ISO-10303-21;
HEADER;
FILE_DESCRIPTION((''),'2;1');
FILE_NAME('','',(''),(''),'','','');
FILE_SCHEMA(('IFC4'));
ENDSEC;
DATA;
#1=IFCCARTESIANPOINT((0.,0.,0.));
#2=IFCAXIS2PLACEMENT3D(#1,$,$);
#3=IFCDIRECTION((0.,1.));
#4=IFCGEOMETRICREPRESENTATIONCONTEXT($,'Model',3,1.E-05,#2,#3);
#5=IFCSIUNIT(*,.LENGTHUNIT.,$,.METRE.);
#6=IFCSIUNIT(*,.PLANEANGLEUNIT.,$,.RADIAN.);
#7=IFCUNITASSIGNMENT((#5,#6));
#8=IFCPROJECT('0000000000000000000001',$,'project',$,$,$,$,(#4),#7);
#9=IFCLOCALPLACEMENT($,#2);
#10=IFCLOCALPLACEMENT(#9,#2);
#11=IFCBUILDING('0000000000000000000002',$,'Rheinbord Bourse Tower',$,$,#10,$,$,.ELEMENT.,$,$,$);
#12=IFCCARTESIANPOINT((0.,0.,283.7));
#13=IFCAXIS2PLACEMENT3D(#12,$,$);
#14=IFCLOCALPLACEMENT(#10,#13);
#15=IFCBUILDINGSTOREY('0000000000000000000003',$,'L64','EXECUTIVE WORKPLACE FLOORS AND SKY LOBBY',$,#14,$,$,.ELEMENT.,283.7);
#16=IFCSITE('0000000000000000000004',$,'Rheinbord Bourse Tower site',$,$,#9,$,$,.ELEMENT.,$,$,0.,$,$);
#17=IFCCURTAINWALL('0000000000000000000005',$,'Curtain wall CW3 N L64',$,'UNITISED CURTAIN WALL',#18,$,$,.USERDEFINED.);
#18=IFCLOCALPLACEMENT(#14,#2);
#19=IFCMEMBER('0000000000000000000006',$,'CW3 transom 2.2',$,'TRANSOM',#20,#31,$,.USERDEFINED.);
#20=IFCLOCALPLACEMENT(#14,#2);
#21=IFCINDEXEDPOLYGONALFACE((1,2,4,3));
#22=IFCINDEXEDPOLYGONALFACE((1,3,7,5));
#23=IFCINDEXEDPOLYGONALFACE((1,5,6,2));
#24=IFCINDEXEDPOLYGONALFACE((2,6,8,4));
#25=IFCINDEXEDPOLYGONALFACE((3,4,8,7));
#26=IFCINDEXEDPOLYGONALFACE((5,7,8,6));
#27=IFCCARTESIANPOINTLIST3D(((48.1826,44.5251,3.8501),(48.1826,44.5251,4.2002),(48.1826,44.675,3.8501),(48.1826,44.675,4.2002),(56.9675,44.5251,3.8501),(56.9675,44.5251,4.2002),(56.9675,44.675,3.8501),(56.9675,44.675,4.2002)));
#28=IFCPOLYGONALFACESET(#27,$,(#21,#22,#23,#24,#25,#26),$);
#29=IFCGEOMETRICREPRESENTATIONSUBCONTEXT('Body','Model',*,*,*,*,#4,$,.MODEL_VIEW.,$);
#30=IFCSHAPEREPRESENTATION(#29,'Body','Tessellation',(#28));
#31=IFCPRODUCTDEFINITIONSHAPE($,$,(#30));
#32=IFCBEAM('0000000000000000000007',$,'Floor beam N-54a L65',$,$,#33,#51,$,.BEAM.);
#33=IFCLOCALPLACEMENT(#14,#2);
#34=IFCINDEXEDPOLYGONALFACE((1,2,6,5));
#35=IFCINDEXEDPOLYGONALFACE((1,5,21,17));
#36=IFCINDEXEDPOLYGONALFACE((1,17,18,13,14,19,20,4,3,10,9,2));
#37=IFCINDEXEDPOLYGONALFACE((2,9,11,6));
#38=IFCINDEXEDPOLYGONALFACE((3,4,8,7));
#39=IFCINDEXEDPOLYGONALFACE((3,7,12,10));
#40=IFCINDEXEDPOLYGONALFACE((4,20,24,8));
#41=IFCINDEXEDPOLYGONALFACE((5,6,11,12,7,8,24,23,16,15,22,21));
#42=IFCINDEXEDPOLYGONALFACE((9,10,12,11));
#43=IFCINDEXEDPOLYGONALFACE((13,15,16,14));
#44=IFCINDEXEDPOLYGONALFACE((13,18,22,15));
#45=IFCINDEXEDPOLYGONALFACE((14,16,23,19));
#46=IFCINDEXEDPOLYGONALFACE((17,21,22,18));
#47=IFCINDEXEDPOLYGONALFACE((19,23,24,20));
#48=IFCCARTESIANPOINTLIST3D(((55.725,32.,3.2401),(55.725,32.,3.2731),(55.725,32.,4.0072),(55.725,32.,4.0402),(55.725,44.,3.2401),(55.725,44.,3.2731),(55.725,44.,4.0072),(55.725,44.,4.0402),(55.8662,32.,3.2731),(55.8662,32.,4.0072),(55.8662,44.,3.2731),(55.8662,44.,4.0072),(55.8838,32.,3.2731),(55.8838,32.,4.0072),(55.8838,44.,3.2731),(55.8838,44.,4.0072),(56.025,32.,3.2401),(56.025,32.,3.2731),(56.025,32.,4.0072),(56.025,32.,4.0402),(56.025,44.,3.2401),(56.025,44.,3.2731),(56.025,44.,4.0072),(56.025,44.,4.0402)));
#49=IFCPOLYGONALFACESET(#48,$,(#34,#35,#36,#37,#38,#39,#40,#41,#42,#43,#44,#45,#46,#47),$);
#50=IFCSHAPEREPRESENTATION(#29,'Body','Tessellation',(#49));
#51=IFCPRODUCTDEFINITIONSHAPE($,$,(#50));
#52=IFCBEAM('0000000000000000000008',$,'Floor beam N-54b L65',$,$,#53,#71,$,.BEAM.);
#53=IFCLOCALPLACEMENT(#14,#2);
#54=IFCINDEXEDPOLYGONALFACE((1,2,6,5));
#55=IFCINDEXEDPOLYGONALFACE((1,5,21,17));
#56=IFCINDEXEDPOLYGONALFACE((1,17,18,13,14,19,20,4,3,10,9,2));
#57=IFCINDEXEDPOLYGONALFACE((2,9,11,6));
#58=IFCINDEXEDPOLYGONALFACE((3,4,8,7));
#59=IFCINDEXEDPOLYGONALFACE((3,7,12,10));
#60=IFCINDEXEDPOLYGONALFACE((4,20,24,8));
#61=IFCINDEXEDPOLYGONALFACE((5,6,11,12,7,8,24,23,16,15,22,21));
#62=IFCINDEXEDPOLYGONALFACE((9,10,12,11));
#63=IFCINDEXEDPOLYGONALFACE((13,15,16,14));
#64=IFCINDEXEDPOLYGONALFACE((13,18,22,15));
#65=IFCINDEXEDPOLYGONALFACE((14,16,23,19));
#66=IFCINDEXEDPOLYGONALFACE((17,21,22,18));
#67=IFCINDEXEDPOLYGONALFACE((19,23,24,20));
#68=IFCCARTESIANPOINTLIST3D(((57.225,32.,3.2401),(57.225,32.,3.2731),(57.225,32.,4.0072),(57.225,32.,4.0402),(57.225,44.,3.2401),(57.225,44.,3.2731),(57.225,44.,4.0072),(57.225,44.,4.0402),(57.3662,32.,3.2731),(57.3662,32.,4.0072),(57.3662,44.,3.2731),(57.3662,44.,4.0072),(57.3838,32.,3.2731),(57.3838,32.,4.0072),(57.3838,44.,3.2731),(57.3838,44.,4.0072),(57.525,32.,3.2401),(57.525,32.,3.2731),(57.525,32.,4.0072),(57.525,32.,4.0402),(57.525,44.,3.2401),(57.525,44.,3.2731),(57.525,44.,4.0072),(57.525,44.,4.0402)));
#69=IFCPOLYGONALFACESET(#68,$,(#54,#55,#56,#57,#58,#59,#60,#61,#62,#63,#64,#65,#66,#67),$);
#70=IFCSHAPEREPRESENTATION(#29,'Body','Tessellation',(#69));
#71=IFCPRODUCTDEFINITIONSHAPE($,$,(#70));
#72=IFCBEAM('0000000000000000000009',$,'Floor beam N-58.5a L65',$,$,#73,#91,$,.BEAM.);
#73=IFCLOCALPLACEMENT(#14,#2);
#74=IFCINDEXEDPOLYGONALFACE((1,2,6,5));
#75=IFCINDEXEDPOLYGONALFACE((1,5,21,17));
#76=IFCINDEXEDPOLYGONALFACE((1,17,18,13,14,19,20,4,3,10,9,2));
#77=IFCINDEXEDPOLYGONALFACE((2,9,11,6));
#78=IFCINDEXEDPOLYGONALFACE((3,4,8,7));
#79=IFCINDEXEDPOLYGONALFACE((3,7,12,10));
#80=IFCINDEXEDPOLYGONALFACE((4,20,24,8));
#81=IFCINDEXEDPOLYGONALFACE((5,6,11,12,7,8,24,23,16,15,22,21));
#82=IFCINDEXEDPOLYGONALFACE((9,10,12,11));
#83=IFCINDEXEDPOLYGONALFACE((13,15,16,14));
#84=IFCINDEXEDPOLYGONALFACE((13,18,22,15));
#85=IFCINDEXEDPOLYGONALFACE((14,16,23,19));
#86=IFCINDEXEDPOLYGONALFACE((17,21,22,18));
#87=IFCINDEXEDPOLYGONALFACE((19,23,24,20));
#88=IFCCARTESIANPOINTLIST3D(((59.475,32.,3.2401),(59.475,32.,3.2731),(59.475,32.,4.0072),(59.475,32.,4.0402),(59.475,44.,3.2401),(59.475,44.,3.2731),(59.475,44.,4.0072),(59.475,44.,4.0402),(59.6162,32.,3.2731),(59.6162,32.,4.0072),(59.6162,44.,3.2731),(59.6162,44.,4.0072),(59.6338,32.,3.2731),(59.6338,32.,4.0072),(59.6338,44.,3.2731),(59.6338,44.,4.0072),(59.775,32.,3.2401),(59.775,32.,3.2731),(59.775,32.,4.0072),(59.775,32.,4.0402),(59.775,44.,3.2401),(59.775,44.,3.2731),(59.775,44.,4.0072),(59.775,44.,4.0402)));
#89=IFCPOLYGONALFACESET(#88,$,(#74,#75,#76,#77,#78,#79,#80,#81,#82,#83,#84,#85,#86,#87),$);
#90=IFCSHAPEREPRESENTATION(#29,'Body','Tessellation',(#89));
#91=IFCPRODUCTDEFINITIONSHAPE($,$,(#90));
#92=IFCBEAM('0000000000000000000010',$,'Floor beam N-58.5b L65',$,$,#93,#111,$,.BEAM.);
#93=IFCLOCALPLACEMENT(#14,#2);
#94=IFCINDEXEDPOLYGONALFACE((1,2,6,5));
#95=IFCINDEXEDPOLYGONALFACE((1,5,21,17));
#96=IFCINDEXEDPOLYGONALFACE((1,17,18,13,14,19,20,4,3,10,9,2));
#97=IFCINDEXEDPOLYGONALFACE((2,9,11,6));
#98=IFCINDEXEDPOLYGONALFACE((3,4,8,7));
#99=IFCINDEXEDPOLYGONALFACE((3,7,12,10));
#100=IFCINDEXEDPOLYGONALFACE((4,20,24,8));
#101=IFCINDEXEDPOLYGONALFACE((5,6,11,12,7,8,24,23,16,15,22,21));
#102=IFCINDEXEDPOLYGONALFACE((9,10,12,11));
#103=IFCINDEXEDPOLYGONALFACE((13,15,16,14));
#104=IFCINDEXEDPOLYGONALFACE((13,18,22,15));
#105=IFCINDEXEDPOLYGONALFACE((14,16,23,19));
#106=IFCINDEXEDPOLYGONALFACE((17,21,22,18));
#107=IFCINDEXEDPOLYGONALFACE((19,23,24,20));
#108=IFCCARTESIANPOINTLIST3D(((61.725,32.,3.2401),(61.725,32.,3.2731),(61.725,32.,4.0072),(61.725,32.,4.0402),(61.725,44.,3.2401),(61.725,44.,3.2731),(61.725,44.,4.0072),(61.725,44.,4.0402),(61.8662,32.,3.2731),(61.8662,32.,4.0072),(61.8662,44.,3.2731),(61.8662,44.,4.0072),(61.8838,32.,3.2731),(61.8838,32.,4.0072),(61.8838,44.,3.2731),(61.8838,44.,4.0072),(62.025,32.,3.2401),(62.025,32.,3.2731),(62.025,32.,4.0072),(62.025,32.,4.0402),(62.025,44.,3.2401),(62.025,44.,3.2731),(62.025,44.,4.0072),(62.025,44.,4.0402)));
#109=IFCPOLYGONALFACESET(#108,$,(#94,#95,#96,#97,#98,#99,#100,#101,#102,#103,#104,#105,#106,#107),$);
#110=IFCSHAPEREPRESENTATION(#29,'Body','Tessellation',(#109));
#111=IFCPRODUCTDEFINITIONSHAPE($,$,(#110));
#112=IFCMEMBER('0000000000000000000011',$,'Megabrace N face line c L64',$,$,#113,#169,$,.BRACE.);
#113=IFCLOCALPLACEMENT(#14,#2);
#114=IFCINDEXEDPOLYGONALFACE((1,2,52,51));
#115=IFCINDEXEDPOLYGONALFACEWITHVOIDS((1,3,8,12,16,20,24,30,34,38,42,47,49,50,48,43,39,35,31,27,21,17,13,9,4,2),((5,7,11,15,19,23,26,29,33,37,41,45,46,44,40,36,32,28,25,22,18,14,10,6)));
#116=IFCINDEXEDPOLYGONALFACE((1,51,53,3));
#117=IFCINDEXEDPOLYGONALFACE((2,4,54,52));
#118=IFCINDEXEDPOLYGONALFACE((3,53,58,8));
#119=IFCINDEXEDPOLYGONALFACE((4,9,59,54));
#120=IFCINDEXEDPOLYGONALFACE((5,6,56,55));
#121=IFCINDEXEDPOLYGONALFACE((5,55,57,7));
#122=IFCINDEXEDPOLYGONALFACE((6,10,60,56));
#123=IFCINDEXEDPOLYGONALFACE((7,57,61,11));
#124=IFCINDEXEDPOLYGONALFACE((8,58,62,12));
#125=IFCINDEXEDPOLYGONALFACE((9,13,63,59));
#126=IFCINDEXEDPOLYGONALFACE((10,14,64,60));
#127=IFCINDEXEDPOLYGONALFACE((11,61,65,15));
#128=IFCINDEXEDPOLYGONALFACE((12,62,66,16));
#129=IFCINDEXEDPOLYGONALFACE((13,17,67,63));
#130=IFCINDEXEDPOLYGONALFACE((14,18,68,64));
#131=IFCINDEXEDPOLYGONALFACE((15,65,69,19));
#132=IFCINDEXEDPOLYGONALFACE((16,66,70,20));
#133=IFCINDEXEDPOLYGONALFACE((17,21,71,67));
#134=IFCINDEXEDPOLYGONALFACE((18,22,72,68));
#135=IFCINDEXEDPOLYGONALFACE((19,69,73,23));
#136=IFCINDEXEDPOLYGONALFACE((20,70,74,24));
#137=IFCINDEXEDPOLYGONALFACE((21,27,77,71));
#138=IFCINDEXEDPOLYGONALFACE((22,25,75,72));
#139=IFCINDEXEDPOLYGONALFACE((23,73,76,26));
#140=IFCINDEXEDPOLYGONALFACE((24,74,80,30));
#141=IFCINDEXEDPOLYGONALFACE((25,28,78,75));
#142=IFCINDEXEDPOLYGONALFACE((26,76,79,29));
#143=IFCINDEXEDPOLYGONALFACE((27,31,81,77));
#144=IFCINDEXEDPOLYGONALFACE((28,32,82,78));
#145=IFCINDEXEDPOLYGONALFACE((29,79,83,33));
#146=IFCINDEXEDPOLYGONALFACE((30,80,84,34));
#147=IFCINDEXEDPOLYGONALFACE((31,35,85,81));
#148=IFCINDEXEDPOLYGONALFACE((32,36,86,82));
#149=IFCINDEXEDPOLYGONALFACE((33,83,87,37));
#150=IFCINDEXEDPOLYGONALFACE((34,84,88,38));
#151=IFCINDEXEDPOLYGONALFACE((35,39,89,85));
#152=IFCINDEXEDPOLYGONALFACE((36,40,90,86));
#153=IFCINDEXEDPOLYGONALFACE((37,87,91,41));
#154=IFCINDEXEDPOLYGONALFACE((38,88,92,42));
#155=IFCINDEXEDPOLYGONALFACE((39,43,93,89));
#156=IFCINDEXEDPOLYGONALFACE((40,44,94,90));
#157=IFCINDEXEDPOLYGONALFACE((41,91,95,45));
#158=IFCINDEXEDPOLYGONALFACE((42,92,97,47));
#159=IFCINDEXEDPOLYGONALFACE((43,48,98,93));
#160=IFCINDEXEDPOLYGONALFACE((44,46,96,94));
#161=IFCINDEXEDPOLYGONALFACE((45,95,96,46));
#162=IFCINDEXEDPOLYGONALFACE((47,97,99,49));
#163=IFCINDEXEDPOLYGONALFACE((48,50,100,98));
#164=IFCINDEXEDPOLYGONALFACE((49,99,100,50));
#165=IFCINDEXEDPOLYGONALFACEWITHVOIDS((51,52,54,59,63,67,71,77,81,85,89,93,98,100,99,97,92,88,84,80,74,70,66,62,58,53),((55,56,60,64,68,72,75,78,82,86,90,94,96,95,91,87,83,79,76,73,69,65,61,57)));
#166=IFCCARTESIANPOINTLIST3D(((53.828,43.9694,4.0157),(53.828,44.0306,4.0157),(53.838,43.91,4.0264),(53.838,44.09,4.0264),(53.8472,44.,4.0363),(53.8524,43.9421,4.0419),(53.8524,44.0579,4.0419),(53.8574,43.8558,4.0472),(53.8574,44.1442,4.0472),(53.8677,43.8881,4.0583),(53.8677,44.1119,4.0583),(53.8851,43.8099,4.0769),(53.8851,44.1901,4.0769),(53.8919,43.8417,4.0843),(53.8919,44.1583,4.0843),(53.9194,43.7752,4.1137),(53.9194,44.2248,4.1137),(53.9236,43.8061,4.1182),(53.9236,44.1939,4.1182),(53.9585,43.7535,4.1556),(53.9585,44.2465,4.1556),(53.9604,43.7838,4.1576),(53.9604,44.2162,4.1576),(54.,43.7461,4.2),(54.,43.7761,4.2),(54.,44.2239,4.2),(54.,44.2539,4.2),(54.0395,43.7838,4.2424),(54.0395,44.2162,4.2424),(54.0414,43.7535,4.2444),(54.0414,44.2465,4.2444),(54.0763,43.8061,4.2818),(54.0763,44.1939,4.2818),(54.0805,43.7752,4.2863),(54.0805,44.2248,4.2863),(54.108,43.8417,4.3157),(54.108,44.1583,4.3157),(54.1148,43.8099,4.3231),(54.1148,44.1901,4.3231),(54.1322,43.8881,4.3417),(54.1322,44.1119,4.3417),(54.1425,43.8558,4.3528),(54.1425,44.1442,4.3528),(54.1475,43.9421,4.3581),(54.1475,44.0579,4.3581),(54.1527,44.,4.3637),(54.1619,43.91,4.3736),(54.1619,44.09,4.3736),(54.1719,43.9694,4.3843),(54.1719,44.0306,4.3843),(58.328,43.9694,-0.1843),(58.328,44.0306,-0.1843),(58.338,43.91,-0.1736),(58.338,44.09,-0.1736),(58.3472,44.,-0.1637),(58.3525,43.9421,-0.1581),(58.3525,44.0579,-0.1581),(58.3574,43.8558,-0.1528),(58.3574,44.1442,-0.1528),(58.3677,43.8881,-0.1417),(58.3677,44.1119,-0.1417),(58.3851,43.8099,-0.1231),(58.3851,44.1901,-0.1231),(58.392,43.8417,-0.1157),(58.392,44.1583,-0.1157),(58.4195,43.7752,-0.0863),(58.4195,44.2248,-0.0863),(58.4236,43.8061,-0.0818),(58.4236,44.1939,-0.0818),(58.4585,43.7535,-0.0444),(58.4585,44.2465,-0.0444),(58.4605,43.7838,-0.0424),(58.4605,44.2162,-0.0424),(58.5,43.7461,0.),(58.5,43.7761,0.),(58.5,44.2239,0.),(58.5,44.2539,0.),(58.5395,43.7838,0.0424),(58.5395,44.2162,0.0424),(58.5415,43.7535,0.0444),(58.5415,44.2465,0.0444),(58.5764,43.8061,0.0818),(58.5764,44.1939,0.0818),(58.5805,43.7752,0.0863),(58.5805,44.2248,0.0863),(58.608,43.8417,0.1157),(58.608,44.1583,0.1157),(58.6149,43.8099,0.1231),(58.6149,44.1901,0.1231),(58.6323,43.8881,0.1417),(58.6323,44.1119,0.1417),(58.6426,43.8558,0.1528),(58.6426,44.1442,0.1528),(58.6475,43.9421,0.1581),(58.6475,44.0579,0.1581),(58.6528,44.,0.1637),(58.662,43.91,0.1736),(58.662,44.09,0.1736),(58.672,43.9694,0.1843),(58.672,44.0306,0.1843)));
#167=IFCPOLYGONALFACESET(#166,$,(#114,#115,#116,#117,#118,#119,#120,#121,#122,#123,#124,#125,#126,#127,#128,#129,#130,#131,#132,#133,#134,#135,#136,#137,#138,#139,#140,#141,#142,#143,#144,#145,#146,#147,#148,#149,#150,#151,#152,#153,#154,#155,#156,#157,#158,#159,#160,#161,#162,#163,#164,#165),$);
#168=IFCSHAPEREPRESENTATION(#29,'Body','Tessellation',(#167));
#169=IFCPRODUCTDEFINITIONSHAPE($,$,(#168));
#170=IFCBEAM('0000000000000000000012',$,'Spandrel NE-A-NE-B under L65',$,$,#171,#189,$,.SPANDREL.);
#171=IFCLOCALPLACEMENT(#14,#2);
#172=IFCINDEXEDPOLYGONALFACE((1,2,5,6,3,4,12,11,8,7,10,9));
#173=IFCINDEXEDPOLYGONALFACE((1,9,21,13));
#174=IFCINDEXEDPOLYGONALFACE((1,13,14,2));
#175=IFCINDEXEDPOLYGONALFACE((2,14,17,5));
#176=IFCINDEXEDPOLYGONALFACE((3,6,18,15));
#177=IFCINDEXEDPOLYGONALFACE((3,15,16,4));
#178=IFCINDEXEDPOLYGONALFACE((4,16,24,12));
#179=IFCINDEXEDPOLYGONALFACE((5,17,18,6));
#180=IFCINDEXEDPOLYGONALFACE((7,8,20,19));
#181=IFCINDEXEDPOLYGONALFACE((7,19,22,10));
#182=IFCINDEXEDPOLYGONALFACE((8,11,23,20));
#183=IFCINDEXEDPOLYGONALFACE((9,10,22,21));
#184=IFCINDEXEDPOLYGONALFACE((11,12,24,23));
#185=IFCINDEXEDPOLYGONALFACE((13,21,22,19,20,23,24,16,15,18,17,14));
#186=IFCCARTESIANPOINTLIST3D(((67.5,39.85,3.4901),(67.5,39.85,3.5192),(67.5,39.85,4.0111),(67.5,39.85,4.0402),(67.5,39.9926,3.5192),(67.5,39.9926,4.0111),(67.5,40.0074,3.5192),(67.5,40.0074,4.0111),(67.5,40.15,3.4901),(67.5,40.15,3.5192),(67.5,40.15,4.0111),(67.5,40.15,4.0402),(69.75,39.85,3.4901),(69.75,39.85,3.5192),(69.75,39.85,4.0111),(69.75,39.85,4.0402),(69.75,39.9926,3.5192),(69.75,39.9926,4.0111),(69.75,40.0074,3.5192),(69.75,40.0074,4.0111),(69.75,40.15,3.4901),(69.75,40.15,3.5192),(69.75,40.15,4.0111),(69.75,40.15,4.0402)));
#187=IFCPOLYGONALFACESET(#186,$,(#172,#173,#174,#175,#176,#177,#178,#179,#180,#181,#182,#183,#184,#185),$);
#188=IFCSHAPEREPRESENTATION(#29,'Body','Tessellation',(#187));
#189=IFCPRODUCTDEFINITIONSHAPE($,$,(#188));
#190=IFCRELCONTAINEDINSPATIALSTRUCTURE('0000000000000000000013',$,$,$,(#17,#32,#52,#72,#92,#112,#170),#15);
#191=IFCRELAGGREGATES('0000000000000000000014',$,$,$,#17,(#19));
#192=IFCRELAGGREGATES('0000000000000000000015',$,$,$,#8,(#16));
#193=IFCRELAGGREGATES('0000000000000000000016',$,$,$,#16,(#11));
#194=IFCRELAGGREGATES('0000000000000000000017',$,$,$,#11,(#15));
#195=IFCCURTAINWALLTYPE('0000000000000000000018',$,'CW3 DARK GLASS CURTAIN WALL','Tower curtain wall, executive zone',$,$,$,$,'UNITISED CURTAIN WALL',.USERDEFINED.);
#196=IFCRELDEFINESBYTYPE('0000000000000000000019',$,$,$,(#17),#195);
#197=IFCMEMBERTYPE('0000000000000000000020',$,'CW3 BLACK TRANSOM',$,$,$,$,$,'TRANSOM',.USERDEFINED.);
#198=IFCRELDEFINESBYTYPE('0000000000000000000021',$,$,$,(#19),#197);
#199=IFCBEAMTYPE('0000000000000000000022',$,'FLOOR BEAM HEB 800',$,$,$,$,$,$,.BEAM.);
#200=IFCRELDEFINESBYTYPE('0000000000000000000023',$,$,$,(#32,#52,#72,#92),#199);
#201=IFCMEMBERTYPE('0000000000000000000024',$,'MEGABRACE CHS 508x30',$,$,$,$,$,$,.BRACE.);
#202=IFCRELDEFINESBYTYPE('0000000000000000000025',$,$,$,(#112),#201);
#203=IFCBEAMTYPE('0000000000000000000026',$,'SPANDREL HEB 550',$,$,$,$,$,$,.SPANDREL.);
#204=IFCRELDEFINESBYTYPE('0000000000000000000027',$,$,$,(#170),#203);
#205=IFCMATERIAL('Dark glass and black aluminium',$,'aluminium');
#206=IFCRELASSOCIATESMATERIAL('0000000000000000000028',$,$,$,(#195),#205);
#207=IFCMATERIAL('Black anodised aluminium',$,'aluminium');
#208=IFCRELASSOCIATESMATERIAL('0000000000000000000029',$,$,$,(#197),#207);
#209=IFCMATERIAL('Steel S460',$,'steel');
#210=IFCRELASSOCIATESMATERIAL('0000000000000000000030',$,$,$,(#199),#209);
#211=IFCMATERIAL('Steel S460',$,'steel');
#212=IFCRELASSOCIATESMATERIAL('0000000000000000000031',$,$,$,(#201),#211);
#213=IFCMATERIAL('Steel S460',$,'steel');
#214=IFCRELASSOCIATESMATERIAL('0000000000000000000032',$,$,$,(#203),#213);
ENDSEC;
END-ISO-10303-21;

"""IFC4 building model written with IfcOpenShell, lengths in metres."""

from ifc_helpers import new_model, si_unit, direction, frame, origin, origin_2d, place, context, subcontext, project, spatial, rectangle, hollow_circle, i_section, extrude, material, material_profile, profile_set, type_object, element, aggregate, save


model = new_model("IFC4")

# Units and contexts
model_context = context("Model", 3, precision=1e-05, world=origin(), true_north=direction((0.0, 1.0)))
body_context = subcontext(model_context, "Body", "Model", "MODEL_VIEW")
ifc_project = project(units=[si_unit("LENGTHUNIT", "METRE"), si_unit("PLANEANGLEUNIT", "RADIAN")], contexts=[model_context])

# Site, building, storey
site_placement = place(None, origin())
site = spatial("IfcSite", under=ifc_project, at=site_placement, Name="Rheinbord Bourse Tower site", CompositionType="ELEMENT", RefElevation=0.0)
building_placement = place(site_placement, origin())
building = spatial("IfcBuilding", under=site, at=building_placement, Name="Rheinbord Bourse Tower", CompositionType="ELEMENT")
storey_placement = place(building_placement, frame((0.0, 0.0, 283.7)))
storey = spatial("IfcBuildingStorey", under=building, at=storey_placement, Name="L64", Description="EXECUTIVE WORKPLACE FLOORS AND SKY LOBBY", CompositionType="ELEMENT", Elevation=283.7)

# Curtain wall
ifc_material_1 = material(Name="Dark glass and black aluminium", Category="aluminium")
curtain_wall_type = type_object("IfcCurtainWallType", Name="CW3 DARK GLASS CURTAIN WALL", Description="Tower curtain wall, executive zone", ElementType="UNITISED CURTAIN WALL", PredefinedType="USERDEFINED", material=ifc_material_1)
curtain_wall_1_placement = place(storey_placement, origin())
curtain_wall_1 = element("IfcCurtainWall", 1, at=curtain_wall_1_placement, inside=storey, type_object=curtain_wall_type, Name="Curtain wall CW3 N L64", ObjectType="UNITISED CURTAIN WALL", PredefinedType="USERDEFINED")

# Member
ifc_material_2 = material(Name="Black anodised aluminium", Category="aluminium")
ifc_material_profile_1 = material_profile(ifc_material_2, rectangle(XDim=0.1499, YDim=0.3501, at=origin_2d()), Name="CW3 TRANSOM 350x150")
ifc_profile_set_1 = profile_set([ifc_material_profile_1], Name="Black anodised aluminium")
member_type_1 = type_object("IfcMemberType", Name="CW3 BLACK TRANSOM", ElementType="TRANSOM", PredefinedType="USERDEFINED", material=ifc_profile_set_1)
member_1_placement = place(storey_placement, frame((56.9675, 44.6001, 4.0251), z_axis=(-1.0, 0.0, 0.0), x_axis=(0.0, -1.0, 0.0)))
member_1 = element("IfcMember", 2, at=member_1_placement, type_object=member_type_1, Name="CW3 transom 2.2", ObjectType="TRANSOM", PredefinedType="USERDEFINED", context=body_context, shape_type="SweptSolid", body=[
    extrude(rectangle(XDim=0.1499, YDim=0.3501, at=origin_2d()), origin(), (0.0, 0.0, 1.0), 8.7849),
])

# Beams
ifc_material_3 = material(Name="Steel S460", Category="steel")
ifc_material_profile_2 = material_profile(ifc_material_3, i_section(OverallWidth=0.3, OverallDepth=0.8, WebThickness=0.0176, FlangeThickness=0.033, at=origin_2d()), Name="HEB 800")
ifc_profile_set_2 = profile_set([ifc_material_profile_2], Name="Steel S460")
beam_type_1 = type_object("IfcBeamType", Name="FLOOR BEAM HEB 800", PredefinedType="BEAM", material=ifc_profile_set_2)
for number, where, z_axis, x_axis, name in (
    (3, (55.875, 44.0, 3.6401), (0.0, -1.0, 0.0), (1.0, 0.0, 0.0), "Floor beam N-54a L65"),
    (4, (57.375, 44.0, 3.6401), (0.0, -1.0, 0.0), (1.0, 0.0, 0.0), "Floor beam N-54b L65"),
    (5, (59.625, 44.0, 3.6401), (0.0, -1.0, 0.0), (1.0, 0.0, 0.0), "Floor beam N-58.5a L65"),
    (6, (61.875, 44.0, 3.6401), (0.0, -1.0, 0.0), (1.0, 0.0, 0.0), "Floor beam N-58.5b L65"),
):
    element("IfcBeam", number, at=place(storey_placement, frame(where, z_axis=z_axis, x_axis=x_axis)), inside=storey, type_object=beam_type_1, Name=name, PredefinedType="BEAM", context=body_context, shape_type="SweptSolid", body=[
        extrude(i_section(OverallWidth=0.3, OverallDepth=0.8, WebThickness=0.0176, FlangeThickness=0.033, at=origin_2d()), origin(), (0.0, 0.0, 1.0), 12.0),
    ])

# Member
ifc_material_4 = material(Name="Steel S460", Category="steel")
ifc_material_profile_3 = material_profile(ifc_material_4, hollow_circle(Radius=0.2539, WallThickness=0.03, at=origin_2d()), Name="CHS 508x30")
ifc_profile_set_3 = profile_set([ifc_material_profile_3], Name="Steel S460")
member_type_2 = type_object("IfcMemberType", Name="MEGABRACE CHS 508x30", PredefinedType="BRACE", material=ifc_profile_set_3)
member_2_placement = place(storey_placement, frame((58.5, 44.0, 0.0), z_axis=(-0.731059, 0.0, 0.682314), x_axis=(0.0, -1.0, 0.0)))
element("IfcMember", 7, at=member_2_placement, inside=storey, type_object=member_type_2, Name="Megabrace N face line c L64", PredefinedType="BRACE", context=body_context, shape_type="SweptSolid", body=[
    extrude(hollow_circle(Radius=0.2539, WallThickness=0.03, at=origin_2d()), origin(), (0.0, 0.0, 1.0), 6.1555),
])

# Beam
ifc_material_5 = material(Name="Steel S460", Category="steel")
ifc_material_profile_4 = material_profile(ifc_material_5, i_section(OverallWidth=0.3, OverallDepth=0.55, WebThickness=0.0149, FlangeThickness=0.0291, at=origin_2d()), Name="HEB 550")
ifc_profile_set_4 = profile_set([ifc_material_profile_4], Name="Steel S460")
beam_type_2 = type_object("IfcBeamType", Name="SPANDREL HEB 550", PredefinedType="SPANDREL", material=ifc_profile_set_4)
for number, where, z_axis, x_axis, name in (
    (8, (69.75, 40.0, 3.7651), (-1.0, 0.0, 0.0), (0.0, -1.0, 0.0), "Spandrel NE-A-NE-B under L65"),
):
    element("IfcBeam", number, at=place(storey_placement, frame(where, z_axis=z_axis, x_axis=x_axis)), inside=storey, type_object=beam_type_2, Name=name, PredefinedType="SPANDREL", context=body_context, shape_type="SweptSolid", body=[
        extrude(i_section(OverallWidth=0.3, OverallDepth=0.55, WebThickness=0.0149, FlangeThickness=0.0291, at=origin_2d()), origin(), (0.0, 0.0, 1.0), 2.25),
    ])

aggregate(curtain_wall_1, [member_1])

save(model, "model.ifc")
